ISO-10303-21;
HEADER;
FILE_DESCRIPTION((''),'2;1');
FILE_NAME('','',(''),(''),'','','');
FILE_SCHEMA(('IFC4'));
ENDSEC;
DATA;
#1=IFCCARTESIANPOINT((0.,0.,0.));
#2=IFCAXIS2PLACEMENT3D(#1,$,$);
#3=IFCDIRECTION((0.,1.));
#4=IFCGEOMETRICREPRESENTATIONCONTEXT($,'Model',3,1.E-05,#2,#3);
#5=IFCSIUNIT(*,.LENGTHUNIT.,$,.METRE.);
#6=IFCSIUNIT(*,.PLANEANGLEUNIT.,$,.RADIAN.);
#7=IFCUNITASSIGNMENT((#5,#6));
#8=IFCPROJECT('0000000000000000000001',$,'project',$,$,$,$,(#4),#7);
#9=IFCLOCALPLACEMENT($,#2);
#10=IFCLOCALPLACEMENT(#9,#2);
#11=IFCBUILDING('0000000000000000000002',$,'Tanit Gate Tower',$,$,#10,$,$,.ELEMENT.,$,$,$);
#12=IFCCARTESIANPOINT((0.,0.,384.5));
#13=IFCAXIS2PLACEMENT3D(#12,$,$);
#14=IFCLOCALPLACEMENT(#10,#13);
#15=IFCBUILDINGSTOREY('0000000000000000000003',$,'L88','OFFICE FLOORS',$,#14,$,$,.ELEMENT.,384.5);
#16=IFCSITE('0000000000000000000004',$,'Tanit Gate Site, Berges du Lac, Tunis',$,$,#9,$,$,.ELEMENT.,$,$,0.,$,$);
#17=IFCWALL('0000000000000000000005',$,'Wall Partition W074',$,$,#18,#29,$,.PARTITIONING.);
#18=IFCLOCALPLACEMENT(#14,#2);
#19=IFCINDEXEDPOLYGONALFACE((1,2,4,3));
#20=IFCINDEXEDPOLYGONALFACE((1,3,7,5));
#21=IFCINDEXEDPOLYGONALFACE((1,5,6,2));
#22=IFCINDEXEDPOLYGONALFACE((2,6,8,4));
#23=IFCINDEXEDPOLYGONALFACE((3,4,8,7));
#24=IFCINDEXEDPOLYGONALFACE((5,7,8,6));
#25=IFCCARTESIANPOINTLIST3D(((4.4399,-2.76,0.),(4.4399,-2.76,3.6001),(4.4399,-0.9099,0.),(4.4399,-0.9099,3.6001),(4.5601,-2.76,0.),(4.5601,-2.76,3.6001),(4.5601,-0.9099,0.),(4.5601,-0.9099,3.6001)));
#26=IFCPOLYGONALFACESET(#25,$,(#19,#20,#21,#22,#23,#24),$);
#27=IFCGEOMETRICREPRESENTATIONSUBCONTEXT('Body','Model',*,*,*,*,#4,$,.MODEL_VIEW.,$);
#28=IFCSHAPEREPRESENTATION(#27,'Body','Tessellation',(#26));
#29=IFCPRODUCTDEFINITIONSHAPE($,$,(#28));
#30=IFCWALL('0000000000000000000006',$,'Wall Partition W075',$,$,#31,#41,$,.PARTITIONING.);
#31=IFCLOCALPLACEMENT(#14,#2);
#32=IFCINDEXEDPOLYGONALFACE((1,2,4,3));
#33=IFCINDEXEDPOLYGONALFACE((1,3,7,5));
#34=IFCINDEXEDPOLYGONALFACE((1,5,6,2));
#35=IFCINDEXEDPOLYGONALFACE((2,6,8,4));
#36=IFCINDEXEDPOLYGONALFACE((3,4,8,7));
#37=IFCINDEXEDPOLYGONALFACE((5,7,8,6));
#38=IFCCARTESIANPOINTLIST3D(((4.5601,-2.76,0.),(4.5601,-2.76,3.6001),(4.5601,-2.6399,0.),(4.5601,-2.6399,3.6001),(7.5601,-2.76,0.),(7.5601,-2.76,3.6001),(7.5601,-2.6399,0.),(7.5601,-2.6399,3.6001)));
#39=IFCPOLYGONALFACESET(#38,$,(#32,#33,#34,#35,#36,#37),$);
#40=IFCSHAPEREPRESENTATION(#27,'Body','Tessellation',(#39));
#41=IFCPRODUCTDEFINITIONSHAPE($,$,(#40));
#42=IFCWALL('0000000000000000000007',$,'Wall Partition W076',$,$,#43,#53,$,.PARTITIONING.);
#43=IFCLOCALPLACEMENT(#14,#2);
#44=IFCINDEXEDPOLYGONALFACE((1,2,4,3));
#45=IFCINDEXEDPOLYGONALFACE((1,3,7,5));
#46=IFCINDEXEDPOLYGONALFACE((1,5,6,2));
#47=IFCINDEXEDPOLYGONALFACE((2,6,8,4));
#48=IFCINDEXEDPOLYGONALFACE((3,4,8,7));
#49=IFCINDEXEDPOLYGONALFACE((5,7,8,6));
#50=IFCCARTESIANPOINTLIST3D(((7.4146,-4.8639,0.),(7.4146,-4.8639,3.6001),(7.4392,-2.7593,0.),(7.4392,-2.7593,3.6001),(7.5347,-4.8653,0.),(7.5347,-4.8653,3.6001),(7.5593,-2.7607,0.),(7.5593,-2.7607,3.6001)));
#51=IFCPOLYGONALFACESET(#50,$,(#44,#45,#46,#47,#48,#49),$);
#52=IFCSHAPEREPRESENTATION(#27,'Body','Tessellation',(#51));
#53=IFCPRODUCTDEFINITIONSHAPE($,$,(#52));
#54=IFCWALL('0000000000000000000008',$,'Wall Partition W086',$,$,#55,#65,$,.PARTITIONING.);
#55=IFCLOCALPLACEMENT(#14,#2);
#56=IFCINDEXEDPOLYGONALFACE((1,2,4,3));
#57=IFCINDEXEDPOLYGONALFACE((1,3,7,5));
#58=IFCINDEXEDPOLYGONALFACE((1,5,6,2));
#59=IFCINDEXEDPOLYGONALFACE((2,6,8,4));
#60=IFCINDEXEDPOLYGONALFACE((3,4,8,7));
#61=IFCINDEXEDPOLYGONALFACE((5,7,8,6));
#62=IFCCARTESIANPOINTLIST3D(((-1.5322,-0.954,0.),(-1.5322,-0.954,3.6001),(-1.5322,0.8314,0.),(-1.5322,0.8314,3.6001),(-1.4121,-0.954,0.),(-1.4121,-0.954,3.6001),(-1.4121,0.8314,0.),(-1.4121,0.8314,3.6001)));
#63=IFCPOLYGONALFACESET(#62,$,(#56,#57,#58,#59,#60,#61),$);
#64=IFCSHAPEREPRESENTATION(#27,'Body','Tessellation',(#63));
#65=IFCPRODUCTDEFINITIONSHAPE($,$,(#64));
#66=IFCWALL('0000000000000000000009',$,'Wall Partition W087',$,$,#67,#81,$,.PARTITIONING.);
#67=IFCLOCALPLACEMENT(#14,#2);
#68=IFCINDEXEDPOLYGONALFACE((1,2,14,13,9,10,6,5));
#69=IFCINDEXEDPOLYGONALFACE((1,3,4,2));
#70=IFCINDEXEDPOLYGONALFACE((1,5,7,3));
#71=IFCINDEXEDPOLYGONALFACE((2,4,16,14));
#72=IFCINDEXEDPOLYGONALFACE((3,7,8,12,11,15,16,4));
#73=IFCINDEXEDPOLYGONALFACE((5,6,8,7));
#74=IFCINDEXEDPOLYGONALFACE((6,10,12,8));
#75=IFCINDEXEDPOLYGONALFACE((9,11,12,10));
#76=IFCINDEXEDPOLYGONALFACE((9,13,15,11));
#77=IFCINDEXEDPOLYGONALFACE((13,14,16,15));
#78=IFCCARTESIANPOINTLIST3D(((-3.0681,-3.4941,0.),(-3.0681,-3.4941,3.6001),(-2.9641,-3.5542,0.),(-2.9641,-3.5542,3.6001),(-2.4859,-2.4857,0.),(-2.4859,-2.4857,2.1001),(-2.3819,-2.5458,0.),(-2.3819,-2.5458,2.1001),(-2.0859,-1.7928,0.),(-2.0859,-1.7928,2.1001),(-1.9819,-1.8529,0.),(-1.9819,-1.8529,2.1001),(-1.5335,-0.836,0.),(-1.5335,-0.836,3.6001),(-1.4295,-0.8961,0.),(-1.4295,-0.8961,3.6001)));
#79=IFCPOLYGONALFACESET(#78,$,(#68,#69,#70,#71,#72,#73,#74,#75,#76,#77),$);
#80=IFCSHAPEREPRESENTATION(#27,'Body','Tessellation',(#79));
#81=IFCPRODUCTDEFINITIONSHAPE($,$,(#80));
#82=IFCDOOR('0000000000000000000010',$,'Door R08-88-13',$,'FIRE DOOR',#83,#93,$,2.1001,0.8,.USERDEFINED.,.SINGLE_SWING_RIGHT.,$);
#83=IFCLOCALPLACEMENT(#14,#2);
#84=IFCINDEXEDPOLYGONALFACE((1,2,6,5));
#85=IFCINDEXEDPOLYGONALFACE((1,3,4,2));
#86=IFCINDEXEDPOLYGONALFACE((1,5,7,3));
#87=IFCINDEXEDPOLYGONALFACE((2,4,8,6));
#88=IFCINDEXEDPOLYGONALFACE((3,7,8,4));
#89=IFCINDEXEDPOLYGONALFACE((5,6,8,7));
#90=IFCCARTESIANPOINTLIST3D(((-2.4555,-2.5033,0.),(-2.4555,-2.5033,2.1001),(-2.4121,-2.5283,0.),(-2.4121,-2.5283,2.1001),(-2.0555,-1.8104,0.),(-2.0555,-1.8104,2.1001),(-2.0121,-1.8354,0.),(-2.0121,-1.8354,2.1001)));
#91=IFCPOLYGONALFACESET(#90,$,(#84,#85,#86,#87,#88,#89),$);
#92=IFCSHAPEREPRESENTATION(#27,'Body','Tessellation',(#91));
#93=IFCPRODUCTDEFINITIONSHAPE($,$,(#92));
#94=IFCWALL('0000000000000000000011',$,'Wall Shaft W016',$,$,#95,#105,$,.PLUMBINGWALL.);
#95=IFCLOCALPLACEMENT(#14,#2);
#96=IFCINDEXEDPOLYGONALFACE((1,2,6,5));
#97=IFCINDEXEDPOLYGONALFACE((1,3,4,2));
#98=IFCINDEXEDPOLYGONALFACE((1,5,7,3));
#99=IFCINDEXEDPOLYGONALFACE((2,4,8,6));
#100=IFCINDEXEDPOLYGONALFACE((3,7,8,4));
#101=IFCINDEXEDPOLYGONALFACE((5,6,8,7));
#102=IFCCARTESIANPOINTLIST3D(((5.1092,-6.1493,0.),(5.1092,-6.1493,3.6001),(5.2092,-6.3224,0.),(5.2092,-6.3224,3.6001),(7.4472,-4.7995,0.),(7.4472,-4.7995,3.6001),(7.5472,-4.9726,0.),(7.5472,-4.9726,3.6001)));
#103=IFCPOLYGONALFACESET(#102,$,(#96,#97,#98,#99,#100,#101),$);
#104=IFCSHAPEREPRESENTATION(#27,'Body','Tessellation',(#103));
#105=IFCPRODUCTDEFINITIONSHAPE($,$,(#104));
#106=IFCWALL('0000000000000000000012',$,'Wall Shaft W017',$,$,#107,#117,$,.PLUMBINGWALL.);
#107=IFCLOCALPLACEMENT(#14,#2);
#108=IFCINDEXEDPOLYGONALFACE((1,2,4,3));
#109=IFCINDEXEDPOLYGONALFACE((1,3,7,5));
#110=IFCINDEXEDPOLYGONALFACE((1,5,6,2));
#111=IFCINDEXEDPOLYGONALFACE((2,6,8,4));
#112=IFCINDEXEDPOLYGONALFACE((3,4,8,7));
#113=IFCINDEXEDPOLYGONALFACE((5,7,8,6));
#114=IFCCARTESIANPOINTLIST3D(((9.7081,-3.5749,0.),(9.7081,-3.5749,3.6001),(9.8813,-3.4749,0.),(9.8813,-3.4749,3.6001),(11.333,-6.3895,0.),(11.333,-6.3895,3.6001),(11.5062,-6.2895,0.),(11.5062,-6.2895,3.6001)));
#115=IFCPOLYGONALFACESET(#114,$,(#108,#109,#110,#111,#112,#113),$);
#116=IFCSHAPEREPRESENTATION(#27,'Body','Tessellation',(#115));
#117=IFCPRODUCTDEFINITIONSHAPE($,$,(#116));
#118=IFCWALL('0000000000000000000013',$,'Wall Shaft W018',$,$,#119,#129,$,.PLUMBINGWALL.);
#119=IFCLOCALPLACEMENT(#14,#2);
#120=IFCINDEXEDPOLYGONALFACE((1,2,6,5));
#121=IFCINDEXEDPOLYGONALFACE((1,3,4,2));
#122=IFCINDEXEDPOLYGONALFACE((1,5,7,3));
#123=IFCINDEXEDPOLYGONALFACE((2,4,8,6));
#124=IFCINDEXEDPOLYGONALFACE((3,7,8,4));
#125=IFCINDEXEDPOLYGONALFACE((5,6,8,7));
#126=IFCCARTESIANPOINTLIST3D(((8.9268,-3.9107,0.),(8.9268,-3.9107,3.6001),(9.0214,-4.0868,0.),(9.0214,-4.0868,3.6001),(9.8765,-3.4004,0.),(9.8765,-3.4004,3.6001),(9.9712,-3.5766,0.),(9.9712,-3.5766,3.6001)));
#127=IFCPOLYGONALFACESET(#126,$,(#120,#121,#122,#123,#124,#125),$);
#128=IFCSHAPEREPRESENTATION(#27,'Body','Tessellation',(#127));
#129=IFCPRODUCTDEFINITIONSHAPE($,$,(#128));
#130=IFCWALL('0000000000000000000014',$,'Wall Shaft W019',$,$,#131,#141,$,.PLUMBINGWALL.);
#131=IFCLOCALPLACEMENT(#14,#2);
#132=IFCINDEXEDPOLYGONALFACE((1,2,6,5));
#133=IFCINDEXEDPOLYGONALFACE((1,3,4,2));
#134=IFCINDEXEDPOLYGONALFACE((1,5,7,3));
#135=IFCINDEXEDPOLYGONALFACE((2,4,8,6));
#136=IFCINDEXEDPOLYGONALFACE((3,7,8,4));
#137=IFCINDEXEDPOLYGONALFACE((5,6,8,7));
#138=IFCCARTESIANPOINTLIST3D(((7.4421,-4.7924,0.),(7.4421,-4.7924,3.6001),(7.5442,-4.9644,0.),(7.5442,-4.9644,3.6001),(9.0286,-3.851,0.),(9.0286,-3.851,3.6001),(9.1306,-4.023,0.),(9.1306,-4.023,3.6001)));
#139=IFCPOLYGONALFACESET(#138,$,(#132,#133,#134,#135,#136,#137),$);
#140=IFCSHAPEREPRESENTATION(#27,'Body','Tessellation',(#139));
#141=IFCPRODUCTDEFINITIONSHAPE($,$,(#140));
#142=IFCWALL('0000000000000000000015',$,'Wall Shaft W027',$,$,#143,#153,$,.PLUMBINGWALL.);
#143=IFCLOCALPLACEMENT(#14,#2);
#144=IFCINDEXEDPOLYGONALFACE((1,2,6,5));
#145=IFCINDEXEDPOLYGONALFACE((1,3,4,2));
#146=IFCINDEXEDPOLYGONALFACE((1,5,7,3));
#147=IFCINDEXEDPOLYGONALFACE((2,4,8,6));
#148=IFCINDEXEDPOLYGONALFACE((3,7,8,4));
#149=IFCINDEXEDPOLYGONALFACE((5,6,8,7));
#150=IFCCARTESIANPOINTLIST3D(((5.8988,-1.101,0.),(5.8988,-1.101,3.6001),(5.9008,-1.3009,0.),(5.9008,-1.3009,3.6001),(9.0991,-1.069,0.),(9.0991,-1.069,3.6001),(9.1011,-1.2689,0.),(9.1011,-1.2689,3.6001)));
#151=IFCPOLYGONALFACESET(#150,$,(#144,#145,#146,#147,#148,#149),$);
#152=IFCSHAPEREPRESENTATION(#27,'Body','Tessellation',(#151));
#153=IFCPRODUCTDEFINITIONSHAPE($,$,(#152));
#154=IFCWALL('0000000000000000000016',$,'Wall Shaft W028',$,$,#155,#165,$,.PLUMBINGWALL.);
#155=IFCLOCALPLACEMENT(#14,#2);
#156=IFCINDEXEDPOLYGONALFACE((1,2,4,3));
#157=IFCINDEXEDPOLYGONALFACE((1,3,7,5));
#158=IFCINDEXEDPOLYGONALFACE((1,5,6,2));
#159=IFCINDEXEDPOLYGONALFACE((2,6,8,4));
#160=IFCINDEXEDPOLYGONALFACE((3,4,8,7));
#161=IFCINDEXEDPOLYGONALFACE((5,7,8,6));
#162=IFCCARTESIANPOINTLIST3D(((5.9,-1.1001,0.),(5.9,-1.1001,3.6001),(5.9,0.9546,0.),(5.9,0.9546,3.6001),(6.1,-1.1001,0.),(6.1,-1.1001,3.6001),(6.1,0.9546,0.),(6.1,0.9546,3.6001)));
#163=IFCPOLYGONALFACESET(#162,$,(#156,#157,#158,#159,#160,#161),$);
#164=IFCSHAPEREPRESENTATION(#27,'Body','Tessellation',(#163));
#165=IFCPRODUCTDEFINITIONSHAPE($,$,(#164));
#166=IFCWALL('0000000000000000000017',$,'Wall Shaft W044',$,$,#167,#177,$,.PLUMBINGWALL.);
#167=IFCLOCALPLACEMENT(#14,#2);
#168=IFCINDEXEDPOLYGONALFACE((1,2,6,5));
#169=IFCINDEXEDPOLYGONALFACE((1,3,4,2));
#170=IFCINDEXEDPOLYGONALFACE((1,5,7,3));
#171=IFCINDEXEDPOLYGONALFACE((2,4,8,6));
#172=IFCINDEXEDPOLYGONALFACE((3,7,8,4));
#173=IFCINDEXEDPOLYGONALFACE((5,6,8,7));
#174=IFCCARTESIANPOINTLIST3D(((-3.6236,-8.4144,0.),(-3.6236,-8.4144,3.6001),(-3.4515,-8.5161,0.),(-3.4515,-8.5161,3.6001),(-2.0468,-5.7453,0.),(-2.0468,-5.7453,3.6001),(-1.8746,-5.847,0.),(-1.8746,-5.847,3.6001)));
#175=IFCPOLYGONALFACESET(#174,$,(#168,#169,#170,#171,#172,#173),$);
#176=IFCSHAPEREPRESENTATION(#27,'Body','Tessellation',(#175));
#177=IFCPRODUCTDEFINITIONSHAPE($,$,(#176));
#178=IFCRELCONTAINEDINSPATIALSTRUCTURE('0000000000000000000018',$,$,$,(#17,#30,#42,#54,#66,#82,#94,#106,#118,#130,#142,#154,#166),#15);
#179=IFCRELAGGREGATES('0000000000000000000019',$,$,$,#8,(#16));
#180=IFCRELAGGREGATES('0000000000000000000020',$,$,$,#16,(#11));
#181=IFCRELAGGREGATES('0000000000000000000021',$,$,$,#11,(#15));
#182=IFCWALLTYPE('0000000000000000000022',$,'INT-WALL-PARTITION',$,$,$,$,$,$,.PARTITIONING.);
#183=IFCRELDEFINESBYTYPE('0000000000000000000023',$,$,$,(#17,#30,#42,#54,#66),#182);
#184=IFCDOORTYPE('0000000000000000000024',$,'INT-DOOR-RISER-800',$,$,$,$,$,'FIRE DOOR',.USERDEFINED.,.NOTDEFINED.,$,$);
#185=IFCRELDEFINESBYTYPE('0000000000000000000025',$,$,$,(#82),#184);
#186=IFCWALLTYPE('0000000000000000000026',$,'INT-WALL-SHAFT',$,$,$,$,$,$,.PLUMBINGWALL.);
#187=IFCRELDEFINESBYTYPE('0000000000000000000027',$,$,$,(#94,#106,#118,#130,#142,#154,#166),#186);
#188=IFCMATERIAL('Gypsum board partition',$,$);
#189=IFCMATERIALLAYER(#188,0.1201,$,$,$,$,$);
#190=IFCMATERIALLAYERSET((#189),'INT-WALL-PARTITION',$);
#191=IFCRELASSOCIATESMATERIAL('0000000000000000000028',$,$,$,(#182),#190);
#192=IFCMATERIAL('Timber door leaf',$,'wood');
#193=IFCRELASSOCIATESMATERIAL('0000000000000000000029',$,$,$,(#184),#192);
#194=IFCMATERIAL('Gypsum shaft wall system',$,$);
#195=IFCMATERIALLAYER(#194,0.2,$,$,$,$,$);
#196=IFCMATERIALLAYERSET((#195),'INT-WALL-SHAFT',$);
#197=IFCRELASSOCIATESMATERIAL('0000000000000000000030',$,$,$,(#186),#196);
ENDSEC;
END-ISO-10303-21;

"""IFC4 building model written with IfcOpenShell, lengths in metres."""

from ifc_helpers import new_model, si_unit, direction, frame, frame_2d, origin, place, context, subcontext, project, spatial, rectangle, extrude, material, layer, layer_set, type_object, element, fill, save


model = new_model("IFC4")

# Units and contexts
model_context = context("Model", 3, precision=1e-05, world=origin(), true_north=direction((0.0, 1.0)))
body_context = subcontext(model_context, "Body", "Model", "MODEL_VIEW")
ifc_project = project(units=[si_unit("LENGTHUNIT", "METRE"), si_unit("PLANEANGLEUNIT", "RADIAN")], contexts=[model_context])

# Site, building, storey
site_placement = place(None, origin())
site = spatial("IfcSite", under=ifc_project, at=site_placement, Name="Tanit Gate Site, Berges du Lac, Tunis", CompositionType="ELEMENT", RefElevation=0.0)
building_placement = place(site_placement, origin())
building = spatial("IfcBuilding", under=site, at=building_placement, Name="Tanit Gate Tower", CompositionType="ELEMENT")
storey_placement = place(building_placement, frame((0.0, 0.0, 384.5)))
storey = spatial("IfcBuildingStorey", under=building, at=storey_placement, Name="L88", Description="OFFICE FLOORS", CompositionType="ELEMENT", Elevation=384.5)

# Shared definitions
ifc_material_1 = material(Name="Gypsum board partition")
ifc_layer_1 = layer(ifc_material_1, 0.1201)
ifc_layer_set_1 = layer_set([ifc_layer_1], Name="INT-WALL-PARTITION")
wall_type_1 = type_object("IfcWallType", Name="INT-WALL-PARTITION", PredefinedType="PARTITIONING", material=ifc_layer_set_1)
ifc_material_2 = material(Name="Timber door leaf", Category="wood")
door_type_1 = type_object("IfcDoorType", Name="INT-DOOR-RISER-800", ElementType="FIRE DOOR", OperationType="NOTDEFINED", PredefinedType="USERDEFINED", material=ifc_material_2)

# Walls
wall_1_placement = place(storey_placement, frame((4.5, -2.76, 0.0), z_axis=(0.0, 0.0, 1.0), x_axis=(0.0, 1.0, 0.0)))
element("IfcWall", 1, at=wall_1_placement, inside=storey, type_object=wall_type_1, Name="Wall Partition W074", PredefinedType="PARTITIONING", context=body_context, shape_type="SweptSolid", body=[
    extrude(rectangle(XDim=1.8501, YDim=0.1201, at=frame_2d((0.925, 0.0))), origin(), (0.0, 0.0, 1.0), 3.6001),
])
wall_2_placement = place(storey_placement, frame((7.5601, -2.7, 0.0), z_axis=(0.0, 0.0, 1.0), x_axis=(-1.0, 0.0, 0.0)))
element("IfcWall", 2, at=wall_2_placement, inside=storey, type_object=wall_type_1, Name="Wall Partition W075", PredefinedType="PARTITIONING", context=body_context, shape_type="SweptSolid", body=[
    extrude(rectangle(XDim=3.0, YDim=0.1201, at=frame_2d((1.5, 0.0))), origin(), (0.0, 0.0, 1.0), 3.6001),
])
wall_3_placement = place(storey_placement, frame((7.4746, -4.8645, 0.0), z_axis=(0.0, 0.0, 1.0), x_axis=(0.011716, 0.999931, 0.0)))
element("IfcWall", 3, at=wall_3_placement, inside=storey, type_object=wall_type_1, Name="Wall Partition W076", PredefinedType="PARTITIONING", context=body_context, shape_type="SweptSolid", body=[
    extrude(rectangle(XDim=2.1047, YDim=0.1201, at=frame_2d((1.0522, 0.0))), origin(), (0.0, 0.0, 1.0), 3.6001),
])
wall_4_placement = place(storey_placement, frame((-1.4722, -0.9539, 0.0), z_axis=(0.0, 0.0, 1.0), x_axis=(0.0, 1.0, 0.0)))
element("IfcWall", 4, at=wall_4_placement, inside=storey, type_object=wall_type_1, Name="Wall Partition W086", PredefinedType="PARTITIONING", context=body_context, shape_type="SweptSolid", body=[
    extrude(rectangle(XDim=1.7854, YDim=0.1201, at=frame_2d((0.8926, 0.0))), origin(), (0.0, 0.0, 1.0), 3.6001),
])

# Wall, opening, door
wall_5_placement = place(storey_placement, frame((-3.0161, -3.5242, 0.0), z_axis=(0.0, 0.0, 1.0), x_axis=(0.499989, 0.866032, 0.0)))
wall_5 = element("IfcWall", 5, at=wall_5_placement, inside=storey, type_object=wall_type_1, Name="Wall Partition W087", PredefinedType="PARTITIONING", context=body_context, shape_type="SweptSolid", body=[
    extrude(rectangle(XDim=3.0693, YDim=0.1201, at=frame_2d((1.5347, 0.0))), origin(), (0.0, 0.0, 1.0), 3.6001),
])
opening_1_placement = place(wall_5_placement, frame((1.1646, 0.0, 0.0)))
opening_1 = element("IfcOpeningElement", 6, at=opening_1_placement, cuts=wall_5, PredefinedType="OPENING", context=body_context, shape_type="SweptSolid", body=[
    extrude(rectangle(XDim=0.8, YDim=2.1001, at=frame_2d((0.3999, 1.05))), frame((0.0, 0.0701, 0.0), z_axis=(0.0, -1.0, 0.0), x_axis=(1.0, 0.0, 0.0)), (0.0, 0.0, 1.0), 0.1401),
])
door_1_placement = place(opening_1_placement, origin())
door_1 = element("IfcDoor", 7, at=door_1_placement, inside=storey, type_object=door_type_1, Name="Door R08-88-13", ObjectType="FIRE DOOR", OperationType="SINGLE_SWING_RIGHT", OverallHeight=2.1001, OverallWidth=0.8, PredefinedType="USERDEFINED", context=body_context, shape_type="SweptSolid", body=[
    extrude(rectangle(XDim=0.8, YDim=2.1001, at=frame_2d((0.3999, 1.05))), frame((0.0, 0.0249, 0.0), z_axis=(0.0, -1.0, 0.0), x_axis=(1.0, 0.0, 0.0)), (0.0, 0.0, 1.0), 0.05),
])
fill(opening_1, door_1)

# Walls
ifc_material_3 = material(Name="Gypsum shaft wall system")
ifc_layer_2 = layer(ifc_material_3, 0.2)
ifc_layer_set_2 = layer_set([ifc_layer_2], Name="INT-WALL-SHAFT")
wall_type_2 = type_object("IfcWallType", Name="INT-WALL-SHAFT", PredefinedType="PLUMBINGWALL", material=ifc_layer_set_2)
wall_6_placement = place(storey_placement, frame((5.1592, -6.2358, 0.0), z_axis=(0.0, 0.0, 1.0), x_axis=(0.866037, 0.499981, 0.0)))
element("IfcWall", 8, at=wall_6_placement, inside=storey, type_object=wall_type_2, Name="Wall Shaft W016", PredefinedType="PLUMBINGWALL", context=body_context, shape_type="SweptSolid", body=[
    extrude(rectangle(XDim=2.6997, YDim=0.2, at=frame_2d((1.3499, 0.0))), origin(), (0.0, 0.0, 1.0), 3.6001),
])
wall_7_placement = place(storey_placement, frame((9.7947, -3.5249, 0.0), z_axis=(0.0, 0.0, 1.0), x_axis=(0.499985, -0.866034, 0.0)))
element("IfcWall", 9, at=wall_7_placement, inside=storey, type_object=wall_type_2, Name="Wall Shaft W017", PredefinedType="PLUMBINGWALL", context=body_context, shape_type="SweptSolid", body=[
    extrude(rectangle(XDim=3.25, YDim=0.2, at=frame_2d((1.625, 0.0))), origin(), (0.0, 0.0, 1.0), 3.6001),
])
wall_8_placement = place(storey_placement, frame((8.9741, -3.9988, 0.0), z_axis=(0.0, 0.0, 1.0), x_axis=(0.880907, 0.473289, 0.0)))
element("IfcWall", 10, at=wall_8_placement, inside=storey, type_object=wall_type_2, Name="Wall Shaft W018", PredefinedType="PLUMBINGWALL", context=body_context, shape_type="SweptSolid", body=[
    extrude(rectangle(XDim=1.0781, YDim=0.2, at=frame_2d((0.5391, 0.0))), origin(), (0.0, 0.0, 1.0), 3.6001),
])
wall_9_placement = place(storey_placement, frame((7.4932, -4.8784, 0.0), z_axis=(0.0, 0.0, 1.0), x_axis=(0.859982, 0.510325, 0.0)))
element("IfcWall", 11, at=wall_9_placement, inside=storey, type_object=wall_type_2, Name="Wall Shaft W019", PredefinedType="PLUMBINGWALL", context=body_context, shape_type="SweptSolid", body=[
    extrude(rectangle(XDim=1.8447, YDim=0.2, at=frame_2d((0.9224, 0.0))), origin(), (0.0, 0.0, 1.0), 3.6001),
])
wall_10_placement = place(storey_placement, frame((5.8999, -1.2009, 0.0), z_axis=(0.0, 0.0, 1.0), x_axis=(0.99995, 0.009993, 0.0)))
element("IfcWall", 12, at=wall_10_placement, inside=storey, type_object=wall_type_2, Name="Wall Shaft W027", PredefinedType="PLUMBINGWALL", context=body_context, shape_type="SweptSolid", body=[
    extrude(rectangle(XDim=3.2004, YDim=0.2, at=frame_2d((1.6001, 0.0))), origin(), (0.0, 0.0, 1.0), 3.6001),
])
wall_11_placement = place(storey_placement, frame((6.0, -1.1001, 0.0), z_axis=(0.0, 0.0, 1.0), x_axis=(0.0, 1.0, 0.0)))
element("IfcWall", 13, at=wall_11_placement, inside=storey, type_object=wall_type_2, Name="Wall Shaft W028", PredefinedType="PLUMBINGWALL", context=body_context, shape_type="SweptSolid", body=[
    extrude(rectangle(XDim=2.0547, YDim=0.2, at=frame_2d((1.0273, 0.0))), origin(), (0.0, 0.0, 1.0), 3.6001),
])
wall_12_placement = place(storey_placement, frame((-1.9607, -5.7961, 0.0), z_axis=(0.0, 0.0, 1.0), x_axis=(-0.508647, -0.860975, 0.0)))
element("IfcWall", 14, at=wall_12_placement, inside=storey, type_object=wall_type_2, Name="Wall Shaft W044", PredefinedType="PLUMBINGWALL", context=body_context, shape_type="SweptSolid", body=[
    extrude(rectangle(XDim=3.1001, YDim=0.2, at=frame_2d((1.55, 0.0))), origin(), (0.0, 0.0, 1.0), 3.6001),
])

save(model, "model.ifc")
